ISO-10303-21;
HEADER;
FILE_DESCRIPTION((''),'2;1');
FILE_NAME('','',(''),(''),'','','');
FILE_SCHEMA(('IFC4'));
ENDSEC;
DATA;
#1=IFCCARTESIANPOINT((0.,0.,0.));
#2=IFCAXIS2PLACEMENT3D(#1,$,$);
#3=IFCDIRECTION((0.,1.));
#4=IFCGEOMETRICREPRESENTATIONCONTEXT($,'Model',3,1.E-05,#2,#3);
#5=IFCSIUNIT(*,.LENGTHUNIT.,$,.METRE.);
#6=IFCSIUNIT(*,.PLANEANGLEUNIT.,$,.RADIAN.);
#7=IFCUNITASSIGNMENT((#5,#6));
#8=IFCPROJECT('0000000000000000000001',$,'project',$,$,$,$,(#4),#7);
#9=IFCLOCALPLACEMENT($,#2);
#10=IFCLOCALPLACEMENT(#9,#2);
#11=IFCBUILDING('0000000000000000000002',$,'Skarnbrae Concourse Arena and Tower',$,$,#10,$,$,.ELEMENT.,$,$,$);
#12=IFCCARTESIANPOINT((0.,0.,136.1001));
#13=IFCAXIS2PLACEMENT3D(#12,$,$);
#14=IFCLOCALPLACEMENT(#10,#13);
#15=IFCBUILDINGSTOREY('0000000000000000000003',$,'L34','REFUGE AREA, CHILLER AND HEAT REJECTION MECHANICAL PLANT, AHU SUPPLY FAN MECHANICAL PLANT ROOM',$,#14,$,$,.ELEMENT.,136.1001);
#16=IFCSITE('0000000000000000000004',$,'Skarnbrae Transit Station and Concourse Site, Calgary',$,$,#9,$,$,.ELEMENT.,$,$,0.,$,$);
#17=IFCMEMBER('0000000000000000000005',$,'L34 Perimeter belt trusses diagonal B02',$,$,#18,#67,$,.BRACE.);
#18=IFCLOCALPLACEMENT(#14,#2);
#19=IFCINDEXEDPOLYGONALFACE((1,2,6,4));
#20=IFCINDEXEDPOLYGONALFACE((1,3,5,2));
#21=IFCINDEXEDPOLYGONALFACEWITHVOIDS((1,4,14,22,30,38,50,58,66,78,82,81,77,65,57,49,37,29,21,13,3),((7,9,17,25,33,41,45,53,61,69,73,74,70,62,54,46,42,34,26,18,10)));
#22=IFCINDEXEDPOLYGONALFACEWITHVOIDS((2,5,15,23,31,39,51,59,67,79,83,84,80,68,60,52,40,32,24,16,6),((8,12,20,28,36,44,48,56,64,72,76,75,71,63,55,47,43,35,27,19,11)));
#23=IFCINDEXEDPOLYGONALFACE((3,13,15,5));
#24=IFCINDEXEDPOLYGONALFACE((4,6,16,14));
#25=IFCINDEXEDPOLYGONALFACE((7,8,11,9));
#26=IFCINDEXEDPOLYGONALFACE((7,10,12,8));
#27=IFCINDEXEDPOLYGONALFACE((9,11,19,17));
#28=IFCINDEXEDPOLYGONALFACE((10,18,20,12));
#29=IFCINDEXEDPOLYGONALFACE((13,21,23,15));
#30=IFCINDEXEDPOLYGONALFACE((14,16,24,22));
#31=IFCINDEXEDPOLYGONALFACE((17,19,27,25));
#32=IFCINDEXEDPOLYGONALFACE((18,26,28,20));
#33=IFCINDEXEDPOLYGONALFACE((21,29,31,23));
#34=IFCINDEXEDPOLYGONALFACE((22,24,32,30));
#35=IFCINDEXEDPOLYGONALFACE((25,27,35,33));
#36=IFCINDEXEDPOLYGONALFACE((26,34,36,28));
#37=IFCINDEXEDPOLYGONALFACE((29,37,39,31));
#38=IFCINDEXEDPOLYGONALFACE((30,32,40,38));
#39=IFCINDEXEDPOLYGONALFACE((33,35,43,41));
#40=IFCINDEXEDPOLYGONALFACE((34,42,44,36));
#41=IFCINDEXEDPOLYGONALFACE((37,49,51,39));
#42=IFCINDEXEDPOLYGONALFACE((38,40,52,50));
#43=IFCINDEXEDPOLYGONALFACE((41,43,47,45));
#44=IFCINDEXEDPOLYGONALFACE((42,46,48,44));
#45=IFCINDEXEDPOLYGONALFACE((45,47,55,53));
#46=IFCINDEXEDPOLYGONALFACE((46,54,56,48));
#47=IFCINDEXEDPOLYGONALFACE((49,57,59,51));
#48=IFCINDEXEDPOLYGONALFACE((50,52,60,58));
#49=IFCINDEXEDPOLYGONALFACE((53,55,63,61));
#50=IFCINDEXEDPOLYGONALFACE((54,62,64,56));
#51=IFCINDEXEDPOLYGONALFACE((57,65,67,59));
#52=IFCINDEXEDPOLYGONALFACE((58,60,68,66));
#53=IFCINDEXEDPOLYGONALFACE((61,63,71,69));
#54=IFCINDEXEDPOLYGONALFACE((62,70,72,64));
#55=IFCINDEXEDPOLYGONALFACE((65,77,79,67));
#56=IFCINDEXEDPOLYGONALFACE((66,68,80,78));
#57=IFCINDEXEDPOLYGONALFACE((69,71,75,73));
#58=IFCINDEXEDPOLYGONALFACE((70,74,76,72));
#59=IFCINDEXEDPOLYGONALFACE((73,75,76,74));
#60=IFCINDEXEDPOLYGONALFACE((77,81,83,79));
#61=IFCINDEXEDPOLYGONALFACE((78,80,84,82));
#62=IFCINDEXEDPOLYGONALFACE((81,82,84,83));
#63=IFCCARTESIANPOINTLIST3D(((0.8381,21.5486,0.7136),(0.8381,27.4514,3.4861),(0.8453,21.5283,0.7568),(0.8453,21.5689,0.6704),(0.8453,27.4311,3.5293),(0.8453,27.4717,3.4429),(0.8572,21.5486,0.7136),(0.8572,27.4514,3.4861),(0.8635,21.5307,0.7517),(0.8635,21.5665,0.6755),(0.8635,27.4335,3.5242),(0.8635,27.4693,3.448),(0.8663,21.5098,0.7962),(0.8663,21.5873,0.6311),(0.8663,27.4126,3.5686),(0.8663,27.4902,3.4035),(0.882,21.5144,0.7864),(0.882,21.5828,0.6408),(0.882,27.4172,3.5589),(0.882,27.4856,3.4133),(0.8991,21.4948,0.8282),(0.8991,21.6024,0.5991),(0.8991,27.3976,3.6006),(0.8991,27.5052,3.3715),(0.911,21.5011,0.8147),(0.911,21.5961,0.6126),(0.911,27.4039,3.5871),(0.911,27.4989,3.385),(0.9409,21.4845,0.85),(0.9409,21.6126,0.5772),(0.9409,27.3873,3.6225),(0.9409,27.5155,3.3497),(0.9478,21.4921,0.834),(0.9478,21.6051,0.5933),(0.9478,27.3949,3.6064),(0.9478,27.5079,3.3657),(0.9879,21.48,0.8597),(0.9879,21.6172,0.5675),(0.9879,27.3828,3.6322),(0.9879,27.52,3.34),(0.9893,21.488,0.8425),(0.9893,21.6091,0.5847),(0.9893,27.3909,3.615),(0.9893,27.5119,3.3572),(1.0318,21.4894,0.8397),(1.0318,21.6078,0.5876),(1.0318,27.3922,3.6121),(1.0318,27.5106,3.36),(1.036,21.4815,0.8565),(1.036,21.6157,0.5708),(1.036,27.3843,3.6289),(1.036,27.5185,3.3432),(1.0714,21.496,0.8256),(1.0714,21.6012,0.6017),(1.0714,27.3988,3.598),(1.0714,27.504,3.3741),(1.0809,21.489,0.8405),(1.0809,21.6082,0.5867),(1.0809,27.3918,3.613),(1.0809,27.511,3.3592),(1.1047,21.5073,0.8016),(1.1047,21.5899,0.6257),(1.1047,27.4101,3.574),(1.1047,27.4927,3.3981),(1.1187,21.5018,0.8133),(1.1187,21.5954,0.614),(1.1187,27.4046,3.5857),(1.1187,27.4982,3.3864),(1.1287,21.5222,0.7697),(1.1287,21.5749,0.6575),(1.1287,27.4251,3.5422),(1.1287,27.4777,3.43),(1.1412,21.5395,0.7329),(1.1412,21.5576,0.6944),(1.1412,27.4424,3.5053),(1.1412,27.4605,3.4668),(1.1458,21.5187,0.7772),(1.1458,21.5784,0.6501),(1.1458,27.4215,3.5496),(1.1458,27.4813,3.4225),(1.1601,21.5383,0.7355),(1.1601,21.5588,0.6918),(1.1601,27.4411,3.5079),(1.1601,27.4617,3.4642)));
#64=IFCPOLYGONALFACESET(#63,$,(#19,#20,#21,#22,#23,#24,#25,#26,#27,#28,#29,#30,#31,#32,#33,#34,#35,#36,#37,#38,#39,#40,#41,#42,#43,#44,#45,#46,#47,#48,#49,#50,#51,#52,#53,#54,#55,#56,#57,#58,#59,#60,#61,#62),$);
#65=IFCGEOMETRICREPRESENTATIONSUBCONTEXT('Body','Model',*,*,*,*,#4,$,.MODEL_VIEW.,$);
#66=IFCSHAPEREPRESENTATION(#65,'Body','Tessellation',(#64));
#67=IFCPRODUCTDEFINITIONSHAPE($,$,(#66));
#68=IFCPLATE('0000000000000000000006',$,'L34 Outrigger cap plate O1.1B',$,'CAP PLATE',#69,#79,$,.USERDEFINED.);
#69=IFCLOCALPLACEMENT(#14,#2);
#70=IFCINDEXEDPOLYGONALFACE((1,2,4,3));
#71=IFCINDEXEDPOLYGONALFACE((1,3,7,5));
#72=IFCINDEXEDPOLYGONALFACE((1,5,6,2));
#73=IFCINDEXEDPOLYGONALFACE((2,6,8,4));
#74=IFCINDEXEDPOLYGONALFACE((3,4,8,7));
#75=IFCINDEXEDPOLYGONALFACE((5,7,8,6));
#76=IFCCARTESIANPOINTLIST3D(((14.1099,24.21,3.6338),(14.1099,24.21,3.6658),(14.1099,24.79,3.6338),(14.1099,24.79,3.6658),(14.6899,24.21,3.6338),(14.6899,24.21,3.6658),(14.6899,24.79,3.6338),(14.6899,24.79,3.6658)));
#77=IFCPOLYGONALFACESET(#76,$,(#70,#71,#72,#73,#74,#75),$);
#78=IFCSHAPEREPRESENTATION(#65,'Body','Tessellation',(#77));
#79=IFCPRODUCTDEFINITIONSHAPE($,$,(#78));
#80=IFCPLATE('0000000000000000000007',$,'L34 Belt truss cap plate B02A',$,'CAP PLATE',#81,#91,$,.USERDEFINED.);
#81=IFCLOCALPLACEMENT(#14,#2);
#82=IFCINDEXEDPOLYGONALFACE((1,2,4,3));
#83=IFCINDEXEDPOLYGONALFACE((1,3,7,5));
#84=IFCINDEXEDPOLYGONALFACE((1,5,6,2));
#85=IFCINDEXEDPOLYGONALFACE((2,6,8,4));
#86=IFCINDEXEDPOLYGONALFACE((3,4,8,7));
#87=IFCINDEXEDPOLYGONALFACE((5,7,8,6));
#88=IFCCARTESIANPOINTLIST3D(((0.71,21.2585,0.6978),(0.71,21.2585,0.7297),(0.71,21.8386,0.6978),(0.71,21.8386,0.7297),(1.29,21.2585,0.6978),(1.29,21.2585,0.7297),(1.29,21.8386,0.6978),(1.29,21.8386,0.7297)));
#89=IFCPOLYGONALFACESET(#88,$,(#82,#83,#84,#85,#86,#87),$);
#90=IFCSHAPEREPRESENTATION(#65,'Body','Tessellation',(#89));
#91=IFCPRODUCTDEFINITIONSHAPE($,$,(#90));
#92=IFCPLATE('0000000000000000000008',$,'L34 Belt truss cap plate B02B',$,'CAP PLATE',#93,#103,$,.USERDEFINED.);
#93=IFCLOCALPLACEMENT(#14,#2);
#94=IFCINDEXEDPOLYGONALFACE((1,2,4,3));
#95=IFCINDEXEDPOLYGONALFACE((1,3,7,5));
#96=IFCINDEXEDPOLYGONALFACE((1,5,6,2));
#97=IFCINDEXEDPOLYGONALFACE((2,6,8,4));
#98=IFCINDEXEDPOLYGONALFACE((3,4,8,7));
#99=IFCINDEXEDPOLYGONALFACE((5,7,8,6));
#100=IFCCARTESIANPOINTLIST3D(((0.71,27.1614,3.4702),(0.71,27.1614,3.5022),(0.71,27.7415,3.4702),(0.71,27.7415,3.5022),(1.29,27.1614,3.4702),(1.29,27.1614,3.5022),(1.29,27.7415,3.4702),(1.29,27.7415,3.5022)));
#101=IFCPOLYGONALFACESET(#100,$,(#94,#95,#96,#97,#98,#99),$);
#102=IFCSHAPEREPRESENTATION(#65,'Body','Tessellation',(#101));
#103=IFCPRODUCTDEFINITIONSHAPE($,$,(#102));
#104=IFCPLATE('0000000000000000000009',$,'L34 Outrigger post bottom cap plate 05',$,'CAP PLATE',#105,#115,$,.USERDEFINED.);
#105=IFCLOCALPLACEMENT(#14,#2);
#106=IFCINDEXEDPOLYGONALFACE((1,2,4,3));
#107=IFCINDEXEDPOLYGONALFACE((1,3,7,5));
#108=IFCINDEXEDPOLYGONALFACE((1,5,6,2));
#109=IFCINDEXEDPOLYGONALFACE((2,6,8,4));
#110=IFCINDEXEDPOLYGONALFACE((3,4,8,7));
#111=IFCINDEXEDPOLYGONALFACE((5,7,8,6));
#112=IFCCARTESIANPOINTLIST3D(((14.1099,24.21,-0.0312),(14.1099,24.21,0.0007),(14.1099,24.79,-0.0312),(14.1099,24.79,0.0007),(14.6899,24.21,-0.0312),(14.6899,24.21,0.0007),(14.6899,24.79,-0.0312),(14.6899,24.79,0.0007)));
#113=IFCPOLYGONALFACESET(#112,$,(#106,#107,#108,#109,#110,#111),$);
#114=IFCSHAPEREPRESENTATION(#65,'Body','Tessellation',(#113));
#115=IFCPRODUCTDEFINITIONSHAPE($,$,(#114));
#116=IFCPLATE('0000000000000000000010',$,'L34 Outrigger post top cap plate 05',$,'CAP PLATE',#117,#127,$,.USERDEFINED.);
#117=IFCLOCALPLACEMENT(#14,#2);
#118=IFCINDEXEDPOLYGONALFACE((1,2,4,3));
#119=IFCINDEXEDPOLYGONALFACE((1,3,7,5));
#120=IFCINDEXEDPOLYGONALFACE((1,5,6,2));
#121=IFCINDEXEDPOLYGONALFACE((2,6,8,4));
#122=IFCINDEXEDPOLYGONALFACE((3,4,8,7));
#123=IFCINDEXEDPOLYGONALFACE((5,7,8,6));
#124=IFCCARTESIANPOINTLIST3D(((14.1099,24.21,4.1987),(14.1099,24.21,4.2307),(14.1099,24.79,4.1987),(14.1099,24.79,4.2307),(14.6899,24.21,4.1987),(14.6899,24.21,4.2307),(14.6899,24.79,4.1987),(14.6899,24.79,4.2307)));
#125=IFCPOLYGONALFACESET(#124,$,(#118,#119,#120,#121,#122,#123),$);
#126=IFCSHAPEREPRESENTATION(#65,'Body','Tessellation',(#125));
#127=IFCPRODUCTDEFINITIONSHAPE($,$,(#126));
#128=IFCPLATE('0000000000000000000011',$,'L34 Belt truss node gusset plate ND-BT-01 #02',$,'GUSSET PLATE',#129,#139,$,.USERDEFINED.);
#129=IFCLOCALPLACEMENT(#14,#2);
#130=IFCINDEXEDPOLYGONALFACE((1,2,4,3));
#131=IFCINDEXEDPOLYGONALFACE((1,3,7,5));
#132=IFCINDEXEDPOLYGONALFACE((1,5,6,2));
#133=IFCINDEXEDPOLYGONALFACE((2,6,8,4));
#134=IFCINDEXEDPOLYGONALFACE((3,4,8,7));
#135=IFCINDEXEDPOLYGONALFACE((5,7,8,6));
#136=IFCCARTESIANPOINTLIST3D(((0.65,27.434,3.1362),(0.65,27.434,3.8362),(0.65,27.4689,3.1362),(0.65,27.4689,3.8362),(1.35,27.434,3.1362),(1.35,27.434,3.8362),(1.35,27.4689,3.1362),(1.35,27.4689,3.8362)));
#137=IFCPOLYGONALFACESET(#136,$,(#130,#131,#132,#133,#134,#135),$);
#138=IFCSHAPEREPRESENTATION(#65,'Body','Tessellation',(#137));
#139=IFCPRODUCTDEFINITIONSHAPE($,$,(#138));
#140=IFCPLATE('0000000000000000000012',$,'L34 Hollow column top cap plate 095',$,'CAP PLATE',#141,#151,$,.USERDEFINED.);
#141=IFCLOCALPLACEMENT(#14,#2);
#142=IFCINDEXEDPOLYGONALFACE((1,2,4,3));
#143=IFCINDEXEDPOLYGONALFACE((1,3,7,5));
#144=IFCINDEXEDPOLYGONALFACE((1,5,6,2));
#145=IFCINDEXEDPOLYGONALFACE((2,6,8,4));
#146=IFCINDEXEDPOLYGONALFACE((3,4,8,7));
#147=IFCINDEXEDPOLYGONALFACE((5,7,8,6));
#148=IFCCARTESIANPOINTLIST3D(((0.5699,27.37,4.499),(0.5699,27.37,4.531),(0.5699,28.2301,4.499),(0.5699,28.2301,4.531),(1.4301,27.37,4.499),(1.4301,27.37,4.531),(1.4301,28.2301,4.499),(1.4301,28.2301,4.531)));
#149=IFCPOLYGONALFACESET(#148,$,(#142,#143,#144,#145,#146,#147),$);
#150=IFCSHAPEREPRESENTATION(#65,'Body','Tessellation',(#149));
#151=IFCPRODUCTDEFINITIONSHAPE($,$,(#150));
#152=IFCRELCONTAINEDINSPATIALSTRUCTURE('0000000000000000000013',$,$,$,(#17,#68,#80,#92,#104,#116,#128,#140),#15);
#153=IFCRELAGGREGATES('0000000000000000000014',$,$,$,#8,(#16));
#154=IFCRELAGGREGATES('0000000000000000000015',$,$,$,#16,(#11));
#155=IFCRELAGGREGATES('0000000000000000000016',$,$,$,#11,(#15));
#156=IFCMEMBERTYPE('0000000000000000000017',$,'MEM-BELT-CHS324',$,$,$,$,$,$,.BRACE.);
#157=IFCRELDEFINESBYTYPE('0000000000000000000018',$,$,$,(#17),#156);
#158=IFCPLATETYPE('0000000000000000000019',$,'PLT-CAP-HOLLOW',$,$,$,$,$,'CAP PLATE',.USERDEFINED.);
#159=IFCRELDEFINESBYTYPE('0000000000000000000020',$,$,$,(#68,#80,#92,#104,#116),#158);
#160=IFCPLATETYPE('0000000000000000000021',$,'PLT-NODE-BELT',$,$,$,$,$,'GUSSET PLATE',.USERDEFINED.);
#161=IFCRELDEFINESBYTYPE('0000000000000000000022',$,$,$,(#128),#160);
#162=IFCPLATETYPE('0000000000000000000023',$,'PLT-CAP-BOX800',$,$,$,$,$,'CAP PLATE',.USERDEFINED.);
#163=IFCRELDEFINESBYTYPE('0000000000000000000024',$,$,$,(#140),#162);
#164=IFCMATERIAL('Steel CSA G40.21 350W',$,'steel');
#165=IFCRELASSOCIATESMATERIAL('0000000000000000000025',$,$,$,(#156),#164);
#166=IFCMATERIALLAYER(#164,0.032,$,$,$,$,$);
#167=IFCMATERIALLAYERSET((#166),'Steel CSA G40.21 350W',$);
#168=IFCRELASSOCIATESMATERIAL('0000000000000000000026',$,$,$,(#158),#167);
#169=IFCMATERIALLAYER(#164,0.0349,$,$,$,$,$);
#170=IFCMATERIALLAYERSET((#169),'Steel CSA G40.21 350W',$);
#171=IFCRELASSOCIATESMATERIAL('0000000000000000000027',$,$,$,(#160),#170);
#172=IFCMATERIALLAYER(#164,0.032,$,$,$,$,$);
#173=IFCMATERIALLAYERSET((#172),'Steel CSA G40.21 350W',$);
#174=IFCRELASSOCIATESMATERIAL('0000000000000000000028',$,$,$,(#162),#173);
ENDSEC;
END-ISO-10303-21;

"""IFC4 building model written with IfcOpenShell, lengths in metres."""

from ifc_helpers import new_model, si_unit, direction, frame, origin, origin_2d, place, context, subcontext, project, spatial, rectangle, hollow_circle, extrude, source, transform, mapped, material, layer, layer_set, material_profile, profile_set, type_object, element, save


model = new_model("IFC4")

# Units and contexts
model_context = context("Model", 3, precision=1e-05, world=origin(), true_north=direction((0.0, 1.0)))
body_context = subcontext(model_context, "Body", "Model", "MODEL_VIEW")
ifc_project = project(units=[si_unit("LENGTHUNIT", "METRE"), si_unit("PLANEANGLEUNIT", "RADIAN")], contexts=[model_context])

# Site, building, storey
site_placement = place(None, origin())
site = spatial("IfcSite", under=ifc_project, at=site_placement, Name="Skarnbrae Transit Station and Concourse Site, Calgary", CompositionType="ELEMENT", RefElevation=0.0)
building_placement = place(site_placement, origin())
building = spatial("IfcBuilding", under=site, at=building_placement, Name="Skarnbrae Concourse Arena and Tower", CompositionType="ELEMENT")
storey_placement = place(building_placement, frame((0.0, 0.0, 136.1001)))
storey = spatial("IfcBuildingStorey", under=building, at=storey_placement, Name="L34", Description="REFUGE AREA, CHILLER AND HEAT REJECTION MECHANICAL PLANT, AHU SUPPLY FAN MECHANICAL PLANT ROOM", CompositionType="ELEMENT", Elevation=136.1001)

# Shared definitions
ifc_material = material(Name="Steel CSA G40.21 350W", Category="steel")

# Member
ifc_material_profile_1 = material_profile(ifc_material, hollow_circle(Radius=0.1619, WallThickness=0.019, at=origin_2d()), Name="HSS324X19.0")
ifc_profile_set_1 = profile_set([ifc_material_profile_1], Name="Steel CSA G40.21 350W")
member_type_1 = type_object("IfcMemberType", Name="MEM-BELT-CHS324", PredefinedType="BRACE", material=ifc_profile_set_1)
shared_shape_1 = source(origin(), body_context, "Body", "SweptSolid", [
    extrude(hollow_circle(Radius=0.1619, WallThickness=0.019, at=origin_2d()), origin(), (0.0, 0.0, 1.0), 6.5215),
])
member_1_placement = place(storey_placement, frame((1.0, 21.5486, 0.7136), z_axis=(0.0, 0.905134, 0.425126), x_axis=(-1.0, 0.0, 0.0)))
element("IfcMember", 1, at=member_1_placement, inside=storey, type_object=member_type_1, Name="L34 Perimeter belt trusses diagonal B02", PredefinedType="BRACE", context=body_context, shape_type="MappedRepresentation", body=[
    mapped(shared_shape_1, transform((0.0, 0.0, 0.0))),
])

# Plates
ifc_layer_1 = layer(ifc_material, 0.032)
ifc_layer_set_1 = layer_set([ifc_layer_1], Name="Steel CSA G40.21 350W")
plate_type_1 = type_object("IfcPlateType", Name="PLT-CAP-HOLLOW", ElementType="CAP PLATE", PredefinedType="USERDEFINED", material=ifc_layer_set_1)
shared_shape_2 = source(origin(), body_context, "Body", "SweptSolid", [
    extrude(rectangle(XDim=0.5801, YDim=0.5801, at=origin_2d()), origin(), (0.0, 0.0, 1.0), 0.032),
])
for number, where, z_axis, x_axis, name in (
    (2, (14.3999, 24.5, 3.6338), (0.0, 0.0, 1.0), (1.0, 0.0, 0.0), "L34 Outrigger cap plate O1.1B"),
    (3, (1.0, 21.5486, 0.6978), (0.0, 0.0, 1.0), (1.0, 0.0, 0.0), "L34 Belt truss cap plate B02A"),
    (4, (1.0, 27.4514, 3.4702), (0.0, 0.0, 1.0), (1.0, 0.0, 0.0), "L34 Belt truss cap plate B02B"),
    (5, (14.3999, 24.5, -0.0312), (0.0, 0.0, 1.0), (1.0, 0.0, 0.0), "L34 Outrigger post bottom cap plate 05"),
    (6, (14.3999, 24.5, 4.1987), (0.0, 0.0, 1.0), (1.0, 0.0, 0.0), "L34 Outrigger post top cap plate 05"),
):
    element("IfcPlate", number, at=place(storey_placement, frame(where, z_axis=z_axis, x_axis=x_axis)), inside=storey, type_object=plate_type_1, Name=name, ObjectType="CAP PLATE", PredefinedType="USERDEFINED", context=body_context, shape_type="MappedRepresentation", body=[
        mapped(shared_shape_2, transform((0.0, 0.0, 0.0))),
    ])
ifc_layer_2 = layer(ifc_material, 0.0349)
ifc_layer_set_2 = layer_set([ifc_layer_2], Name="Steel CSA G40.21 350W")
plate_type_2 = type_object("IfcPlateType", Name="PLT-NODE-BELT", ElementType="GUSSET PLATE", PredefinedType="USERDEFINED", material=ifc_layer_set_2)
shared_shape_3 = source(origin(), body_context, "Body", "SweptSolid", [
    extrude(rectangle(XDim=0.7, YDim=0.0349, at=origin_2d()), origin(), (0.0, 0.0, 1.0), 0.7),
])
plate_1_placement = place(storey_placement, frame((1.0, 27.4514, 3.1362), z_axis=(0.0, 0.0, 1.0), x_axis=(1.0, 0.0, 0.0)))
element("IfcPlate", 7, at=plate_1_placement, inside=storey, type_object=plate_type_2, Name="L34 Belt truss node gusset plate ND-BT-01 #02", ObjectType="GUSSET PLATE", PredefinedType="USERDEFINED", context=body_context, shape_type="MappedRepresentation", body=[
    mapped(shared_shape_3, transform((0.0, 0.0, 0.0))),
])
ifc_layer_3 = layer(ifc_material, 0.032)
ifc_layer_set_3 = layer_set([ifc_layer_3], Name="Steel CSA G40.21 350W")
plate_type_3 = type_object("IfcPlateType", Name="PLT-CAP-BOX800", ElementType="CAP PLATE", PredefinedType="USERDEFINED", material=ifc_layer_set_3)
shared_shape_4 = source(origin(), body_context, "Body", "SweptSolid", [
    extrude(rectangle(XDim=0.8601, YDim=0.8601, at=origin_2d()), origin(), (0.0, 0.0, 1.0), 0.032),
])
plate_2_placement = place(storey_placement, frame((1.0, 27.8, 4.499), z_axis=(0.0, 0.0, 1.0), x_axis=(1.0, 0.0, 0.0)))
element("IfcPlate", 8, at=plate_2_placement, inside=storey, type_object=plate_type_3, Name="L34 Hollow column top cap plate 095", ObjectType="CAP PLATE", PredefinedType="USERDEFINED", context=body_context, shape_type="MappedRepresentation", body=[
    mapped(shared_shape_4, transform((0.0, 0.0, 0.0))),
])

save(model, "model.ifc")
